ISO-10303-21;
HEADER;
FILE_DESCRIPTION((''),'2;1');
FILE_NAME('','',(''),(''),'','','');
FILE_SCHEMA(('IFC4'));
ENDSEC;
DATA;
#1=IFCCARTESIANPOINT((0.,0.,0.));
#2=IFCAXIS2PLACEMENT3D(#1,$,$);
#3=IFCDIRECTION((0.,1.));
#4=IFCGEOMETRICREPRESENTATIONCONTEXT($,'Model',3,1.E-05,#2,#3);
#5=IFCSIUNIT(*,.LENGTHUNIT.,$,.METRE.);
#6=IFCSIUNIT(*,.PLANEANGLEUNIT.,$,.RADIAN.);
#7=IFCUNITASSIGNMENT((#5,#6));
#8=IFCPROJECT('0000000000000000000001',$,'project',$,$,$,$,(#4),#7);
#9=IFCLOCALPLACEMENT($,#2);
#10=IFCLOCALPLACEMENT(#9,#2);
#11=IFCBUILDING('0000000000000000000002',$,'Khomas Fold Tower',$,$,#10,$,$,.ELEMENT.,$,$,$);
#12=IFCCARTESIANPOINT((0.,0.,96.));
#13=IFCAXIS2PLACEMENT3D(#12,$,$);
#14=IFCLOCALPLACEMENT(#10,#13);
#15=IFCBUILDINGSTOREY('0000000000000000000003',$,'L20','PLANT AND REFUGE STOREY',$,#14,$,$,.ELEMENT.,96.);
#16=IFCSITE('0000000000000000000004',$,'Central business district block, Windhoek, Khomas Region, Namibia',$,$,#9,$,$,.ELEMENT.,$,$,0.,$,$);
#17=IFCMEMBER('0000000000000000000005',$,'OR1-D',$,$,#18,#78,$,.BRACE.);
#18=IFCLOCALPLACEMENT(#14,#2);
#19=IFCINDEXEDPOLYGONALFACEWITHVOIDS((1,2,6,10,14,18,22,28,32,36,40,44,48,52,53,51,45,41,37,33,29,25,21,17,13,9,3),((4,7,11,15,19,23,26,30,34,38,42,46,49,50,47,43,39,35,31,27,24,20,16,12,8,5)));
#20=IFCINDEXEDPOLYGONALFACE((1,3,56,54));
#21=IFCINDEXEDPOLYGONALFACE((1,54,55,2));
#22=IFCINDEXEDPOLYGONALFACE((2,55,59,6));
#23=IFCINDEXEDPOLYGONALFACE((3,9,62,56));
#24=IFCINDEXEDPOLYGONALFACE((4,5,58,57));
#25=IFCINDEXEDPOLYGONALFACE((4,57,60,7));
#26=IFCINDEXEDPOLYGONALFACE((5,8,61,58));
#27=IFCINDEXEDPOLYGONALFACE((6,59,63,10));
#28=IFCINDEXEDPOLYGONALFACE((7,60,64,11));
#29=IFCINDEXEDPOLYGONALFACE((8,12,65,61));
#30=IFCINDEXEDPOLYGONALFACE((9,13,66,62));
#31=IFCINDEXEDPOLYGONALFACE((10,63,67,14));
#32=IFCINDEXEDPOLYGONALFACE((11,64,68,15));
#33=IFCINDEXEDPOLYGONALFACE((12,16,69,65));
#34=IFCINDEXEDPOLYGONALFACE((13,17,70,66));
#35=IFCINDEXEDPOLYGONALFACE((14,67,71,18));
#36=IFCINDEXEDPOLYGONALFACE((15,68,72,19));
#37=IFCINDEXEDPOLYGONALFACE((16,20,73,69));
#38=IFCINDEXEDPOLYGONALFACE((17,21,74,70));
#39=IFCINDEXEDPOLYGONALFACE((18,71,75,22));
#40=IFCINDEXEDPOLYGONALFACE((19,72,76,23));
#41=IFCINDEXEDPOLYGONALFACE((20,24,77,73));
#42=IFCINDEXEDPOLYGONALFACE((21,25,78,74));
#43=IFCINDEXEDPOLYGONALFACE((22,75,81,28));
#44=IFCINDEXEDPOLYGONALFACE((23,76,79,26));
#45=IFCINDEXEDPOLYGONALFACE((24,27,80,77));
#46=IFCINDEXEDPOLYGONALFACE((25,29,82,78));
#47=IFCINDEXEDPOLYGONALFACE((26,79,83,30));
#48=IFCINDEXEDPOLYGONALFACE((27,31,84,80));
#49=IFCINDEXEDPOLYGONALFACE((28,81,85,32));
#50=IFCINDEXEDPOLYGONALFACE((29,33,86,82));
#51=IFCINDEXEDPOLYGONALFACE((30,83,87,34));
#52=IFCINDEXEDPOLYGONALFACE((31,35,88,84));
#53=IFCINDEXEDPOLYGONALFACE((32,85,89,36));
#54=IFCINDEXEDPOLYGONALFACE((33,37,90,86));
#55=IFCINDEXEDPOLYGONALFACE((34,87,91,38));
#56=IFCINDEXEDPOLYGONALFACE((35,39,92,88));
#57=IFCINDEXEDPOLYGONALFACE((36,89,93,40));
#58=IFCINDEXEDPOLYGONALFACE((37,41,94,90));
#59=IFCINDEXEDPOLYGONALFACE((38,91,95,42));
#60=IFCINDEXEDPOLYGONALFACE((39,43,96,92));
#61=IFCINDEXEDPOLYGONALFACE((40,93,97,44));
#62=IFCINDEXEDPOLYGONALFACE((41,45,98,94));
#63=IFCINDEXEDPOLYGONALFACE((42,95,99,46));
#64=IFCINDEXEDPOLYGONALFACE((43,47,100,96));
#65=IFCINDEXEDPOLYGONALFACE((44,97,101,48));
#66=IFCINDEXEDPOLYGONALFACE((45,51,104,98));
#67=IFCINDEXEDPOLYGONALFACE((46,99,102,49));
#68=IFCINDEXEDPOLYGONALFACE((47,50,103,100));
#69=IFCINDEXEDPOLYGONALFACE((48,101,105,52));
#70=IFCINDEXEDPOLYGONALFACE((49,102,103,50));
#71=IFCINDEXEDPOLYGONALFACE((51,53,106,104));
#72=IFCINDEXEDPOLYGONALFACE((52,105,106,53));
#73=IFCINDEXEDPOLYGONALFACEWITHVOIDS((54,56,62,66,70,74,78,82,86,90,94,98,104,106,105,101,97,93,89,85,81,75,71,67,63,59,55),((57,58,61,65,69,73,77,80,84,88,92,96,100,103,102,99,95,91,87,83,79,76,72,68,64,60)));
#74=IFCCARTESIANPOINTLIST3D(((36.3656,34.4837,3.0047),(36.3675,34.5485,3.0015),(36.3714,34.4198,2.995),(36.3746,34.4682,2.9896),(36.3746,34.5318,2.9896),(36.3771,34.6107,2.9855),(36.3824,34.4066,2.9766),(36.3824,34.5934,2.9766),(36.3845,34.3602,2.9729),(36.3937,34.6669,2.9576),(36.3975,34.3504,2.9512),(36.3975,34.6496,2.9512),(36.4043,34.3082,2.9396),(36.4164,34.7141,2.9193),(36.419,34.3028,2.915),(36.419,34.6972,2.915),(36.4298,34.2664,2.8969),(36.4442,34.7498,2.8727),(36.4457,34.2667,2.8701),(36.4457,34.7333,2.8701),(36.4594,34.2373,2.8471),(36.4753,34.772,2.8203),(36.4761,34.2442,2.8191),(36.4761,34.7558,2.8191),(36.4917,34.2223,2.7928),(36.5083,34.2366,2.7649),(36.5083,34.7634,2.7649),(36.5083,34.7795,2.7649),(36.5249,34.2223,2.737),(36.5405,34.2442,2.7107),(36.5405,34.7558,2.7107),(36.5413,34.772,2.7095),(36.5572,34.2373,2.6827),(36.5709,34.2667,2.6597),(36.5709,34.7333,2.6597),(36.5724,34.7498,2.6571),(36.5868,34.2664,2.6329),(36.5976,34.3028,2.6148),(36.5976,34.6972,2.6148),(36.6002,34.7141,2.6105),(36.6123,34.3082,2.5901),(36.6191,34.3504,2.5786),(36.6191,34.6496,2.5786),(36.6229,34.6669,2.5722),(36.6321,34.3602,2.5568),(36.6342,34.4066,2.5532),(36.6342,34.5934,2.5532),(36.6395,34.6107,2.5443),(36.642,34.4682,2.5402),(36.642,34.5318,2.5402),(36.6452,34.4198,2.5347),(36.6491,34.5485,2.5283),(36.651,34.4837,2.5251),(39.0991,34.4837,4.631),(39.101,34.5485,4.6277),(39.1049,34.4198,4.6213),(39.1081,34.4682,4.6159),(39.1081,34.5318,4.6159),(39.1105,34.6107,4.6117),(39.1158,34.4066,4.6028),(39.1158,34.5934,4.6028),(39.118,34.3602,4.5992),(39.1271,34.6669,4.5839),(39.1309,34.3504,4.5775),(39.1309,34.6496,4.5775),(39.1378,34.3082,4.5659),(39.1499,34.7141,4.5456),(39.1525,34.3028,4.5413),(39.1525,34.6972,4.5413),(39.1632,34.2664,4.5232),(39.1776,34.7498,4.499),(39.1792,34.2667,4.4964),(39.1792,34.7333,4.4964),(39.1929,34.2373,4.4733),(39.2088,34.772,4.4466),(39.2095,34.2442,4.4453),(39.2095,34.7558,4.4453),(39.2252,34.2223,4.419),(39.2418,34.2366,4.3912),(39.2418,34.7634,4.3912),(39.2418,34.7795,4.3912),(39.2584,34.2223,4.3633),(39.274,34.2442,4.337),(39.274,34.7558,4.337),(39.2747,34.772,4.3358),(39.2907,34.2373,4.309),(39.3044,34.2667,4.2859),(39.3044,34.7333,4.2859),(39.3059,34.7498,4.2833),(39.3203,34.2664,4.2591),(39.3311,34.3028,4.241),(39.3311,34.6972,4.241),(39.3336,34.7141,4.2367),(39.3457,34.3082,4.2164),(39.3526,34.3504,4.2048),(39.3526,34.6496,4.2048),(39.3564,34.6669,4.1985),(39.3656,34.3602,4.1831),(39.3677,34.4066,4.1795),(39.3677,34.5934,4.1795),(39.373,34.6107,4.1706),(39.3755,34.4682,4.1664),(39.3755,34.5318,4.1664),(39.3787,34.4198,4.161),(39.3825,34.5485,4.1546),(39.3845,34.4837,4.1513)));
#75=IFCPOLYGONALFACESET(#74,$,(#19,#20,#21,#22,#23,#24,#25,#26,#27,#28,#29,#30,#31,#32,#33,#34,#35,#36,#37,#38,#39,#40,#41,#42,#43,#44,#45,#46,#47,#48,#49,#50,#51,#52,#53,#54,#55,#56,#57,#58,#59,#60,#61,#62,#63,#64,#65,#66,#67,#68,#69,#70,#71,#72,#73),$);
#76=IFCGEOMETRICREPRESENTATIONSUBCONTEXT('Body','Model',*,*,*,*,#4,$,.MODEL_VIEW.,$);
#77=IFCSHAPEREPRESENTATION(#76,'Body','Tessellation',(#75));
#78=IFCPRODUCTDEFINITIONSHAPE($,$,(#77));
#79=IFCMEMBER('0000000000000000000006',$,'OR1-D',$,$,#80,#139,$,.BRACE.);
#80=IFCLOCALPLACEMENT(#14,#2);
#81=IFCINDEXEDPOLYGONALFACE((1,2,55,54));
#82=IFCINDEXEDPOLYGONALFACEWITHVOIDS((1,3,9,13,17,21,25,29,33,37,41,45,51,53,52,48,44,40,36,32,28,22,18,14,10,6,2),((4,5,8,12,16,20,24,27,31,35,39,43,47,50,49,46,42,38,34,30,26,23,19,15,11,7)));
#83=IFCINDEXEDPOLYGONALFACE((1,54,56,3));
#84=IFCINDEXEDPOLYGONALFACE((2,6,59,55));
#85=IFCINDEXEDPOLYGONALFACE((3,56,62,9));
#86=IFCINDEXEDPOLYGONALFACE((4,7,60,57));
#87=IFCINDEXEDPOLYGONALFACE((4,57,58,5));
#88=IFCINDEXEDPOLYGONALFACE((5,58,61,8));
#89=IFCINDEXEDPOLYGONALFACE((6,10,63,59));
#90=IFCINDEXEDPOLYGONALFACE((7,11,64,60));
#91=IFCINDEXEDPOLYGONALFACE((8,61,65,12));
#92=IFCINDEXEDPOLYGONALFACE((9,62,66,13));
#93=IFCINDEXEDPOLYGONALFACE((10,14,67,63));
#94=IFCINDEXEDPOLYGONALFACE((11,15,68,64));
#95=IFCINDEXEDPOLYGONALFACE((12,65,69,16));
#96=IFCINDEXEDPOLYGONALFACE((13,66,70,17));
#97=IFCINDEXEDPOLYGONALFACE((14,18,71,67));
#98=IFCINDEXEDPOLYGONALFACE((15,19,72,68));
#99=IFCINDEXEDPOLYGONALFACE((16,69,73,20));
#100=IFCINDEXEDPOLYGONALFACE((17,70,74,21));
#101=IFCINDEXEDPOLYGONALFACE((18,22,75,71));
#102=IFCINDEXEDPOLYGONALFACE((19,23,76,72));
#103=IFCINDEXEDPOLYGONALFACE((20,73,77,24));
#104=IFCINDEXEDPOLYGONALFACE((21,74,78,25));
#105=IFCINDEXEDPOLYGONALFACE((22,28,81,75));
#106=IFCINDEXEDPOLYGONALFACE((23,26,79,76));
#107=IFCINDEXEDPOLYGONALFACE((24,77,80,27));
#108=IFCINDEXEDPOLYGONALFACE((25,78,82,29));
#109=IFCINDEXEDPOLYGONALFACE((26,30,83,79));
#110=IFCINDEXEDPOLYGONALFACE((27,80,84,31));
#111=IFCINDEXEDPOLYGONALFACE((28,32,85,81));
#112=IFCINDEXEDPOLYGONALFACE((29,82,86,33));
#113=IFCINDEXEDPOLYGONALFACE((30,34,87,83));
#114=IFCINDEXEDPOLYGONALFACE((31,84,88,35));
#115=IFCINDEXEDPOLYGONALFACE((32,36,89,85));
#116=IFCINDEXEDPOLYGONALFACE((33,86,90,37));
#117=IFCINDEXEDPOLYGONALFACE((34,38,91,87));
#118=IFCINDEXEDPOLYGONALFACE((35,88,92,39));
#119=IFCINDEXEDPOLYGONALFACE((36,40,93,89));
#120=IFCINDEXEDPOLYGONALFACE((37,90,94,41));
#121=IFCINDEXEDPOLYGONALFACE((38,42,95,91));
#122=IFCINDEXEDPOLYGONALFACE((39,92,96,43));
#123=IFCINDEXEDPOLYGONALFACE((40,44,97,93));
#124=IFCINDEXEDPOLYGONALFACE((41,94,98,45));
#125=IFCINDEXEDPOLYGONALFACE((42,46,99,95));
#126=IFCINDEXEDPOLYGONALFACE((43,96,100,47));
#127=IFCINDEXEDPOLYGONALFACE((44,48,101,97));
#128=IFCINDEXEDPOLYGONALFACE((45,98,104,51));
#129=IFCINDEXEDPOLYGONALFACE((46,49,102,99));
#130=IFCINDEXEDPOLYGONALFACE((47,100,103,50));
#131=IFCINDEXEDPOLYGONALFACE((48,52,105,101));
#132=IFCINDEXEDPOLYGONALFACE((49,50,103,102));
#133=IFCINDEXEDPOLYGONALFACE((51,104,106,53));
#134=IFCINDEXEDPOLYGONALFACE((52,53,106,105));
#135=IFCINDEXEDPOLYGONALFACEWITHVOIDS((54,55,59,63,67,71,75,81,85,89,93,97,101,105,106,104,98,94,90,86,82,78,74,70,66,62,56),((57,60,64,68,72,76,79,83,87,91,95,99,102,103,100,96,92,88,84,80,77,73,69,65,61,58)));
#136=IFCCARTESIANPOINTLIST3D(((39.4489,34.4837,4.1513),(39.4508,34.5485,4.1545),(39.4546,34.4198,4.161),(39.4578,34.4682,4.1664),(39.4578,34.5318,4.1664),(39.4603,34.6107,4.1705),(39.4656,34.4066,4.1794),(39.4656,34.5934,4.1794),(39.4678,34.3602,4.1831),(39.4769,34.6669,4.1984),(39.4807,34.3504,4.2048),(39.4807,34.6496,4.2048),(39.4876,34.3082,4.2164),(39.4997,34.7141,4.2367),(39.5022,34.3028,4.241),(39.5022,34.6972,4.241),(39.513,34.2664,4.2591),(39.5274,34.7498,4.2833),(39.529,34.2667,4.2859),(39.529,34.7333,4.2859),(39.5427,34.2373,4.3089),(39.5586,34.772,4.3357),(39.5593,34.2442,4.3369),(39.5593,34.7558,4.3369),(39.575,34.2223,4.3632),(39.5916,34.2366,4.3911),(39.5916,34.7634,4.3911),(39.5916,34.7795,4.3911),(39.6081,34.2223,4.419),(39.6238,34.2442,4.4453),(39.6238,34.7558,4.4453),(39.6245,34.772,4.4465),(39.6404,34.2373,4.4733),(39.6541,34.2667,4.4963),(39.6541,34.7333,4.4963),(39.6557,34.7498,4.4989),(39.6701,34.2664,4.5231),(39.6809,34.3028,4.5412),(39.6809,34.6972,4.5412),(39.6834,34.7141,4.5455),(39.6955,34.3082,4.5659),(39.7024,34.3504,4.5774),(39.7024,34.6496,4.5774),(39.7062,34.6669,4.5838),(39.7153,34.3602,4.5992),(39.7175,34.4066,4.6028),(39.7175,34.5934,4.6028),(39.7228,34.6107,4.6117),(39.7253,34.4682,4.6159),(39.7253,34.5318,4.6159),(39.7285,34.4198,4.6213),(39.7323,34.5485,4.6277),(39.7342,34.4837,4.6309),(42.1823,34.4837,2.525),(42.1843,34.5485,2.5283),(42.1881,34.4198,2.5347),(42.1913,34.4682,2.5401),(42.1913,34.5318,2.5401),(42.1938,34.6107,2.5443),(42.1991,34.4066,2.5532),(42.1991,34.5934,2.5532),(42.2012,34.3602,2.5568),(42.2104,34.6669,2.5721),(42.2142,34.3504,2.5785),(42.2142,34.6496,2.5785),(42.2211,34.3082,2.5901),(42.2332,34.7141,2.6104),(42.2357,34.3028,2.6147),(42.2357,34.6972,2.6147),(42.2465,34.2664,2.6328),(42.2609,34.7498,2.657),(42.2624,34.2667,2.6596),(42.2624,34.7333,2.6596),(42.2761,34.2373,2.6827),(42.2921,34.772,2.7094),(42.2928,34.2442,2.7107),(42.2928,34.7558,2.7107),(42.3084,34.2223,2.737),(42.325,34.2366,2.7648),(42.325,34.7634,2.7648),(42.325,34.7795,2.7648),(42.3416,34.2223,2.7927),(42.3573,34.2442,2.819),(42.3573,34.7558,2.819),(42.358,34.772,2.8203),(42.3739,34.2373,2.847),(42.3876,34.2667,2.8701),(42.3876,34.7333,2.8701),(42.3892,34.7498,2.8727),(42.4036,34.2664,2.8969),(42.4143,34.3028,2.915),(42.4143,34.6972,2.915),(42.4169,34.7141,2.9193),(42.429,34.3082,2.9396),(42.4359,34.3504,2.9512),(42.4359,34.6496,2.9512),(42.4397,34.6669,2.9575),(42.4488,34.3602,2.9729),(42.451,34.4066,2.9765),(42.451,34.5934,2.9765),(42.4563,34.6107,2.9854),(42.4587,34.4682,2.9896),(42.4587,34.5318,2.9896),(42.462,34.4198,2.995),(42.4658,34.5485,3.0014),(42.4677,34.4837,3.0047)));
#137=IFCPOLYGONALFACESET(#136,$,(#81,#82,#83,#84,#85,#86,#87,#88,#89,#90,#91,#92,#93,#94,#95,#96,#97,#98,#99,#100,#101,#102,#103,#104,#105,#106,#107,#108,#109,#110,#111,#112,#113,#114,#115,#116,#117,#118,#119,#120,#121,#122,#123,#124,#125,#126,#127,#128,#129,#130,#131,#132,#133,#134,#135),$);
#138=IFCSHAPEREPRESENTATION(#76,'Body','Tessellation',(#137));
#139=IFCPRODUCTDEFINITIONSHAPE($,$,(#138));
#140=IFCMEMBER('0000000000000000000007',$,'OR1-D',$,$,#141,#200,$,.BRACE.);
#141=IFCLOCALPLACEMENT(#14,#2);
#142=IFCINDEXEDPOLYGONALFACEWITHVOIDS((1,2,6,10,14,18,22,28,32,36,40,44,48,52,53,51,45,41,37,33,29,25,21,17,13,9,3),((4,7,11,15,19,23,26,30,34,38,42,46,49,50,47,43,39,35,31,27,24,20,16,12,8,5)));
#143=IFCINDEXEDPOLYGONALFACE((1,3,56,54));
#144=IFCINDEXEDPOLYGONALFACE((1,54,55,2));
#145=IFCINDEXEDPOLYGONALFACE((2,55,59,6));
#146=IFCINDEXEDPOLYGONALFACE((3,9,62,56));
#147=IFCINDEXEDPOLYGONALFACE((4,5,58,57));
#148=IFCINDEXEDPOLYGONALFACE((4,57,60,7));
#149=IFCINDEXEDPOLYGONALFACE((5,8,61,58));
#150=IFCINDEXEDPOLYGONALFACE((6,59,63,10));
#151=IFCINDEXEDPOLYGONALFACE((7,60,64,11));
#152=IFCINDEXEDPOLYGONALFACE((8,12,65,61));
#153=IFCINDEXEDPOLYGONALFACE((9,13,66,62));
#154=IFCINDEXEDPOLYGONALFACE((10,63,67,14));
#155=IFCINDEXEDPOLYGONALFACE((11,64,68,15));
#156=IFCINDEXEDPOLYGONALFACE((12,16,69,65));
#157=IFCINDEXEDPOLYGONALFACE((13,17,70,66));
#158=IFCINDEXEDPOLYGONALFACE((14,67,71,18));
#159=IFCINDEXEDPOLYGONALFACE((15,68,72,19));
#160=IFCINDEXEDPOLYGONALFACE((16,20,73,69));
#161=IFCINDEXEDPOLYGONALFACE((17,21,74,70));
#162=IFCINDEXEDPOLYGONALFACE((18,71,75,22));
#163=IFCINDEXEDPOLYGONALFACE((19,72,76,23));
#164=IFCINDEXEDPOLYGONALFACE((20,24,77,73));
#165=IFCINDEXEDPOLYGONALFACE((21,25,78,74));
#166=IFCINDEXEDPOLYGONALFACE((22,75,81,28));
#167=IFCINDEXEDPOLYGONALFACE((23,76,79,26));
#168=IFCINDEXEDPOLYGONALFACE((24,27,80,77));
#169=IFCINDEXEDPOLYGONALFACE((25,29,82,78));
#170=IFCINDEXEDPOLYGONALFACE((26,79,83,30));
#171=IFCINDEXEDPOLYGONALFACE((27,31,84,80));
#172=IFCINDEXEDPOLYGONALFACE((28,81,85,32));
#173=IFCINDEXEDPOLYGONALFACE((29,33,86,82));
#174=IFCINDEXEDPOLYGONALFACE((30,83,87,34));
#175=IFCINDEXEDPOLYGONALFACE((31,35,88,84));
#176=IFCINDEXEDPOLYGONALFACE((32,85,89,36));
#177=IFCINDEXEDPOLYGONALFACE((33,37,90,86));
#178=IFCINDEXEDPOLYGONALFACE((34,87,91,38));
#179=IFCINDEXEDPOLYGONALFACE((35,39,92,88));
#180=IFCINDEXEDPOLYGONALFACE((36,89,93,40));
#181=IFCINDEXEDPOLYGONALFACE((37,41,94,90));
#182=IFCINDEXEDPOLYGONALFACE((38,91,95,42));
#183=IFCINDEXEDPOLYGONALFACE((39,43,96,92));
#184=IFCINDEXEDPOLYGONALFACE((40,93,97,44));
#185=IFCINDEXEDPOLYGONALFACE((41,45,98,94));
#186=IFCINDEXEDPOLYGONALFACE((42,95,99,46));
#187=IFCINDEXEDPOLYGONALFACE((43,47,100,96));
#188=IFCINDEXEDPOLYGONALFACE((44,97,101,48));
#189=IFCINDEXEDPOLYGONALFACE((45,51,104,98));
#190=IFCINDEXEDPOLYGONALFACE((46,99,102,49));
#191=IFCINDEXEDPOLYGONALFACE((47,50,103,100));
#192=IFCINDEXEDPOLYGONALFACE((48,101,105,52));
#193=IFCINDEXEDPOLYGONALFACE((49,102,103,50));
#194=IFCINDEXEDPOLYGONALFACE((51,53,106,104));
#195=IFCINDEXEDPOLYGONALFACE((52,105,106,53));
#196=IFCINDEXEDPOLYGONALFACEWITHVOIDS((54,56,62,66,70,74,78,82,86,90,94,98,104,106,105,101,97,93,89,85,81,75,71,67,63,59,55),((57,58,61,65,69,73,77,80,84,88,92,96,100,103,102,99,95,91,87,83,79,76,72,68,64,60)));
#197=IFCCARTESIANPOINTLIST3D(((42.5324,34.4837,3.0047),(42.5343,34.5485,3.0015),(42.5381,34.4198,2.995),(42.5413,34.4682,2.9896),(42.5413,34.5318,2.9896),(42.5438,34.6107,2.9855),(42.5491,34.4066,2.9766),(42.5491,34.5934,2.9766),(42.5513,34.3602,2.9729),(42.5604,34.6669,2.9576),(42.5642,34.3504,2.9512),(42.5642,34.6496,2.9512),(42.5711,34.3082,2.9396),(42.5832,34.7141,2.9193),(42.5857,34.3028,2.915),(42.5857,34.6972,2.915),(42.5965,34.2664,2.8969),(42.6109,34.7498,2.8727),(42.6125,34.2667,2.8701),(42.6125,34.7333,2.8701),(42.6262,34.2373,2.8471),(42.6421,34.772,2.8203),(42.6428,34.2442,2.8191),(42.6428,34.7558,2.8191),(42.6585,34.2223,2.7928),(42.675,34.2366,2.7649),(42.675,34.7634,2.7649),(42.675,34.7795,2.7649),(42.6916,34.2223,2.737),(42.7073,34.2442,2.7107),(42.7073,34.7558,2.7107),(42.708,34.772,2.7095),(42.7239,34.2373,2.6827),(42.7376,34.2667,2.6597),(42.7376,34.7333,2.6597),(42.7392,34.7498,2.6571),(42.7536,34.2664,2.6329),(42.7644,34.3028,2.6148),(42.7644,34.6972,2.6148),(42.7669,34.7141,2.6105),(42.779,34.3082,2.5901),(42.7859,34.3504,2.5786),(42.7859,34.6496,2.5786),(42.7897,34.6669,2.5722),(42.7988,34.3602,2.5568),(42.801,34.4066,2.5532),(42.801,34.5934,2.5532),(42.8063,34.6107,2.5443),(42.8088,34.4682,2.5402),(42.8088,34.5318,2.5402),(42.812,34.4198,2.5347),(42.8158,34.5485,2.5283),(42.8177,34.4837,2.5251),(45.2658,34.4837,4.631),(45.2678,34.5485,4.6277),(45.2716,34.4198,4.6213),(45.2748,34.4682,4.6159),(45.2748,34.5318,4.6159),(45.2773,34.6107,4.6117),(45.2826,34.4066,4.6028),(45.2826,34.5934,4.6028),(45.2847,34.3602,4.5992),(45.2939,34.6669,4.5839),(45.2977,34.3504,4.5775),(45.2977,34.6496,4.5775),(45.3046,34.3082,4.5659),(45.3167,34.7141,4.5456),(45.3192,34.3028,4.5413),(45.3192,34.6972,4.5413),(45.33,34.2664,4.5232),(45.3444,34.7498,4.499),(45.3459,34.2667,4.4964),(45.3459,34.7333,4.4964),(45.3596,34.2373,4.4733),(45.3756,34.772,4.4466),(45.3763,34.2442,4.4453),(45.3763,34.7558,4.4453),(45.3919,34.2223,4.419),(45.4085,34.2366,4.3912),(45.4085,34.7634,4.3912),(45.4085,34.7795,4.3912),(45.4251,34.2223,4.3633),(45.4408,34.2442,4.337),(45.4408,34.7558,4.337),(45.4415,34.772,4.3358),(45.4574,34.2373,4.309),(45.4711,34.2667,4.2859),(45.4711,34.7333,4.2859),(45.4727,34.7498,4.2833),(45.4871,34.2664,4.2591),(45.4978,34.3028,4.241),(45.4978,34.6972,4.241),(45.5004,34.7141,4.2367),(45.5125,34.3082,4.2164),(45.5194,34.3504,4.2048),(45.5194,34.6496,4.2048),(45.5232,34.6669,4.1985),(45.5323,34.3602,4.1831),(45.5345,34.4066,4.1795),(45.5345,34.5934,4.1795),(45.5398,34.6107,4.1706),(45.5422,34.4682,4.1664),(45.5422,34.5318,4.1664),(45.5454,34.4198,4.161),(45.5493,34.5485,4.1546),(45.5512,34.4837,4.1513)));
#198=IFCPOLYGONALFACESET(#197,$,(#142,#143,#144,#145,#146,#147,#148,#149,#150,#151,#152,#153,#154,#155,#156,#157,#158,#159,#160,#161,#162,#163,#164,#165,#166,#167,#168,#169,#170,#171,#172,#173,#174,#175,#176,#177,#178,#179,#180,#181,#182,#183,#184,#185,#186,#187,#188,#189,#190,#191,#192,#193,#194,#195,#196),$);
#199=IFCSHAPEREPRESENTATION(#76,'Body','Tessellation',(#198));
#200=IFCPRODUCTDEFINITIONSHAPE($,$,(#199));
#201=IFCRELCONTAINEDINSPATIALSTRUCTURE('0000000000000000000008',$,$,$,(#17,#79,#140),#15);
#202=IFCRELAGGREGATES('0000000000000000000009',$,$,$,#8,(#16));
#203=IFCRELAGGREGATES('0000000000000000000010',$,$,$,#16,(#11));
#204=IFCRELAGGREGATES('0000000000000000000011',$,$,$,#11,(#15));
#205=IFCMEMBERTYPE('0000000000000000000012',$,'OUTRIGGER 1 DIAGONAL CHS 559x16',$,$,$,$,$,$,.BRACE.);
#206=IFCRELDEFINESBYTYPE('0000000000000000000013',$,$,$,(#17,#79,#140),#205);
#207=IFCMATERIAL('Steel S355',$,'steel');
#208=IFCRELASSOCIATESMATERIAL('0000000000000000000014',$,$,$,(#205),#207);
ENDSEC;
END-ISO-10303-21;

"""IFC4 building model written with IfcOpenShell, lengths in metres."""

from ifc_helpers import new_model, si_unit, direction, frame, origin, origin_2d, place, context, subcontext, project, spatial, hollow_circle, extrude, source, transform, mapped, material, material_profile, profile_set, type_object, element, save


model = new_model("IFC4")

# Units and contexts
model_context = context("Model", 3, precision=1e-05, world=origin(), true_north=direction((0.0, 1.0)))
body_context = subcontext(model_context, "Body", "Model", "MODEL_VIEW")
ifc_project = project(units=[si_unit("LENGTHUNIT", "METRE"), si_unit("PLANEANGLEUNIT", "RADIAN")], contexts=[model_context])

# Site, building, storey
site_placement = place(None, origin())
site = spatial("IfcSite", under=ifc_project, at=site_placement, Name="Central business district block, Windhoek, Khomas Region, Namibia", CompositionType="ELEMENT", RefElevation=0.0)
building_placement = place(site_placement, origin())
building = spatial("IfcBuilding", under=site, at=building_placement, Name="Khomas Fold Tower", CompositionType="ELEMENT")
storey_placement = place(building_placement, frame((0.0, 0.0, 96.0)))
storey = spatial("IfcBuildingStorey", under=building, at=storey_placement, Name="L20", Description="PLANT AND REFUGE STOREY", CompositionType="ELEMENT", Elevation=96.0)

# Members
ifc_material_1 = material(Name="Steel S355", Category="steel")
ifc_material_profile_1 = material_profile(ifc_material_1, hollow_circle(Radius=0.2795, WallThickness=0.0161, at=origin_2d()), Name="CHS 559x16")
ifc_profile_set_1 = profile_set([ifc_material_profile_1], Name="Steel S355")
member_type_1 = type_object("IfcMemberType", Name="OUTRIGGER 1 DIAGONAL CHS 559x16", PredefinedType="BRACE", material=ifc_profile_set_1)
shared_shape_1 = source(origin(), body_context, "Body", "SweptSolid", [
    extrude(hollow_circle(Radius=0.2795, WallThickness=0.0161, at=origin_2d()), origin(), (0.0, 0.0, 1.0), 3.1807),
])
for number, where, z_axis, x_axis, name in (
    (1, (36.5083, 34.5, 2.7649), (0.859404, 0.0, 0.511298), (0.0, 1.0, 0.0), "OR1-D"),
    (2, (39.5916, 34.5, 4.3911), (0.859404, 0.0, -0.511298), (0.0, 1.0, 0.0), "OR1-D"),
    (3, (42.675, 34.5, 2.7649), (0.859404, 0.0, 0.511298), (0.0, 1.0, 0.0), "OR1-D"),
):
    element("IfcMember", number, at=place(storey_placement, frame(where, z_axis=z_axis, x_axis=x_axis)), inside=storey, type_object=member_type_1, Name=name, PredefinedType="BRACE", context=body_context, shape_type="MappedRepresentation", body=[
        mapped(shared_shape_1, transform((0.0, 0.0, 0.0))),
    ])

save(model, "model.ifc")
